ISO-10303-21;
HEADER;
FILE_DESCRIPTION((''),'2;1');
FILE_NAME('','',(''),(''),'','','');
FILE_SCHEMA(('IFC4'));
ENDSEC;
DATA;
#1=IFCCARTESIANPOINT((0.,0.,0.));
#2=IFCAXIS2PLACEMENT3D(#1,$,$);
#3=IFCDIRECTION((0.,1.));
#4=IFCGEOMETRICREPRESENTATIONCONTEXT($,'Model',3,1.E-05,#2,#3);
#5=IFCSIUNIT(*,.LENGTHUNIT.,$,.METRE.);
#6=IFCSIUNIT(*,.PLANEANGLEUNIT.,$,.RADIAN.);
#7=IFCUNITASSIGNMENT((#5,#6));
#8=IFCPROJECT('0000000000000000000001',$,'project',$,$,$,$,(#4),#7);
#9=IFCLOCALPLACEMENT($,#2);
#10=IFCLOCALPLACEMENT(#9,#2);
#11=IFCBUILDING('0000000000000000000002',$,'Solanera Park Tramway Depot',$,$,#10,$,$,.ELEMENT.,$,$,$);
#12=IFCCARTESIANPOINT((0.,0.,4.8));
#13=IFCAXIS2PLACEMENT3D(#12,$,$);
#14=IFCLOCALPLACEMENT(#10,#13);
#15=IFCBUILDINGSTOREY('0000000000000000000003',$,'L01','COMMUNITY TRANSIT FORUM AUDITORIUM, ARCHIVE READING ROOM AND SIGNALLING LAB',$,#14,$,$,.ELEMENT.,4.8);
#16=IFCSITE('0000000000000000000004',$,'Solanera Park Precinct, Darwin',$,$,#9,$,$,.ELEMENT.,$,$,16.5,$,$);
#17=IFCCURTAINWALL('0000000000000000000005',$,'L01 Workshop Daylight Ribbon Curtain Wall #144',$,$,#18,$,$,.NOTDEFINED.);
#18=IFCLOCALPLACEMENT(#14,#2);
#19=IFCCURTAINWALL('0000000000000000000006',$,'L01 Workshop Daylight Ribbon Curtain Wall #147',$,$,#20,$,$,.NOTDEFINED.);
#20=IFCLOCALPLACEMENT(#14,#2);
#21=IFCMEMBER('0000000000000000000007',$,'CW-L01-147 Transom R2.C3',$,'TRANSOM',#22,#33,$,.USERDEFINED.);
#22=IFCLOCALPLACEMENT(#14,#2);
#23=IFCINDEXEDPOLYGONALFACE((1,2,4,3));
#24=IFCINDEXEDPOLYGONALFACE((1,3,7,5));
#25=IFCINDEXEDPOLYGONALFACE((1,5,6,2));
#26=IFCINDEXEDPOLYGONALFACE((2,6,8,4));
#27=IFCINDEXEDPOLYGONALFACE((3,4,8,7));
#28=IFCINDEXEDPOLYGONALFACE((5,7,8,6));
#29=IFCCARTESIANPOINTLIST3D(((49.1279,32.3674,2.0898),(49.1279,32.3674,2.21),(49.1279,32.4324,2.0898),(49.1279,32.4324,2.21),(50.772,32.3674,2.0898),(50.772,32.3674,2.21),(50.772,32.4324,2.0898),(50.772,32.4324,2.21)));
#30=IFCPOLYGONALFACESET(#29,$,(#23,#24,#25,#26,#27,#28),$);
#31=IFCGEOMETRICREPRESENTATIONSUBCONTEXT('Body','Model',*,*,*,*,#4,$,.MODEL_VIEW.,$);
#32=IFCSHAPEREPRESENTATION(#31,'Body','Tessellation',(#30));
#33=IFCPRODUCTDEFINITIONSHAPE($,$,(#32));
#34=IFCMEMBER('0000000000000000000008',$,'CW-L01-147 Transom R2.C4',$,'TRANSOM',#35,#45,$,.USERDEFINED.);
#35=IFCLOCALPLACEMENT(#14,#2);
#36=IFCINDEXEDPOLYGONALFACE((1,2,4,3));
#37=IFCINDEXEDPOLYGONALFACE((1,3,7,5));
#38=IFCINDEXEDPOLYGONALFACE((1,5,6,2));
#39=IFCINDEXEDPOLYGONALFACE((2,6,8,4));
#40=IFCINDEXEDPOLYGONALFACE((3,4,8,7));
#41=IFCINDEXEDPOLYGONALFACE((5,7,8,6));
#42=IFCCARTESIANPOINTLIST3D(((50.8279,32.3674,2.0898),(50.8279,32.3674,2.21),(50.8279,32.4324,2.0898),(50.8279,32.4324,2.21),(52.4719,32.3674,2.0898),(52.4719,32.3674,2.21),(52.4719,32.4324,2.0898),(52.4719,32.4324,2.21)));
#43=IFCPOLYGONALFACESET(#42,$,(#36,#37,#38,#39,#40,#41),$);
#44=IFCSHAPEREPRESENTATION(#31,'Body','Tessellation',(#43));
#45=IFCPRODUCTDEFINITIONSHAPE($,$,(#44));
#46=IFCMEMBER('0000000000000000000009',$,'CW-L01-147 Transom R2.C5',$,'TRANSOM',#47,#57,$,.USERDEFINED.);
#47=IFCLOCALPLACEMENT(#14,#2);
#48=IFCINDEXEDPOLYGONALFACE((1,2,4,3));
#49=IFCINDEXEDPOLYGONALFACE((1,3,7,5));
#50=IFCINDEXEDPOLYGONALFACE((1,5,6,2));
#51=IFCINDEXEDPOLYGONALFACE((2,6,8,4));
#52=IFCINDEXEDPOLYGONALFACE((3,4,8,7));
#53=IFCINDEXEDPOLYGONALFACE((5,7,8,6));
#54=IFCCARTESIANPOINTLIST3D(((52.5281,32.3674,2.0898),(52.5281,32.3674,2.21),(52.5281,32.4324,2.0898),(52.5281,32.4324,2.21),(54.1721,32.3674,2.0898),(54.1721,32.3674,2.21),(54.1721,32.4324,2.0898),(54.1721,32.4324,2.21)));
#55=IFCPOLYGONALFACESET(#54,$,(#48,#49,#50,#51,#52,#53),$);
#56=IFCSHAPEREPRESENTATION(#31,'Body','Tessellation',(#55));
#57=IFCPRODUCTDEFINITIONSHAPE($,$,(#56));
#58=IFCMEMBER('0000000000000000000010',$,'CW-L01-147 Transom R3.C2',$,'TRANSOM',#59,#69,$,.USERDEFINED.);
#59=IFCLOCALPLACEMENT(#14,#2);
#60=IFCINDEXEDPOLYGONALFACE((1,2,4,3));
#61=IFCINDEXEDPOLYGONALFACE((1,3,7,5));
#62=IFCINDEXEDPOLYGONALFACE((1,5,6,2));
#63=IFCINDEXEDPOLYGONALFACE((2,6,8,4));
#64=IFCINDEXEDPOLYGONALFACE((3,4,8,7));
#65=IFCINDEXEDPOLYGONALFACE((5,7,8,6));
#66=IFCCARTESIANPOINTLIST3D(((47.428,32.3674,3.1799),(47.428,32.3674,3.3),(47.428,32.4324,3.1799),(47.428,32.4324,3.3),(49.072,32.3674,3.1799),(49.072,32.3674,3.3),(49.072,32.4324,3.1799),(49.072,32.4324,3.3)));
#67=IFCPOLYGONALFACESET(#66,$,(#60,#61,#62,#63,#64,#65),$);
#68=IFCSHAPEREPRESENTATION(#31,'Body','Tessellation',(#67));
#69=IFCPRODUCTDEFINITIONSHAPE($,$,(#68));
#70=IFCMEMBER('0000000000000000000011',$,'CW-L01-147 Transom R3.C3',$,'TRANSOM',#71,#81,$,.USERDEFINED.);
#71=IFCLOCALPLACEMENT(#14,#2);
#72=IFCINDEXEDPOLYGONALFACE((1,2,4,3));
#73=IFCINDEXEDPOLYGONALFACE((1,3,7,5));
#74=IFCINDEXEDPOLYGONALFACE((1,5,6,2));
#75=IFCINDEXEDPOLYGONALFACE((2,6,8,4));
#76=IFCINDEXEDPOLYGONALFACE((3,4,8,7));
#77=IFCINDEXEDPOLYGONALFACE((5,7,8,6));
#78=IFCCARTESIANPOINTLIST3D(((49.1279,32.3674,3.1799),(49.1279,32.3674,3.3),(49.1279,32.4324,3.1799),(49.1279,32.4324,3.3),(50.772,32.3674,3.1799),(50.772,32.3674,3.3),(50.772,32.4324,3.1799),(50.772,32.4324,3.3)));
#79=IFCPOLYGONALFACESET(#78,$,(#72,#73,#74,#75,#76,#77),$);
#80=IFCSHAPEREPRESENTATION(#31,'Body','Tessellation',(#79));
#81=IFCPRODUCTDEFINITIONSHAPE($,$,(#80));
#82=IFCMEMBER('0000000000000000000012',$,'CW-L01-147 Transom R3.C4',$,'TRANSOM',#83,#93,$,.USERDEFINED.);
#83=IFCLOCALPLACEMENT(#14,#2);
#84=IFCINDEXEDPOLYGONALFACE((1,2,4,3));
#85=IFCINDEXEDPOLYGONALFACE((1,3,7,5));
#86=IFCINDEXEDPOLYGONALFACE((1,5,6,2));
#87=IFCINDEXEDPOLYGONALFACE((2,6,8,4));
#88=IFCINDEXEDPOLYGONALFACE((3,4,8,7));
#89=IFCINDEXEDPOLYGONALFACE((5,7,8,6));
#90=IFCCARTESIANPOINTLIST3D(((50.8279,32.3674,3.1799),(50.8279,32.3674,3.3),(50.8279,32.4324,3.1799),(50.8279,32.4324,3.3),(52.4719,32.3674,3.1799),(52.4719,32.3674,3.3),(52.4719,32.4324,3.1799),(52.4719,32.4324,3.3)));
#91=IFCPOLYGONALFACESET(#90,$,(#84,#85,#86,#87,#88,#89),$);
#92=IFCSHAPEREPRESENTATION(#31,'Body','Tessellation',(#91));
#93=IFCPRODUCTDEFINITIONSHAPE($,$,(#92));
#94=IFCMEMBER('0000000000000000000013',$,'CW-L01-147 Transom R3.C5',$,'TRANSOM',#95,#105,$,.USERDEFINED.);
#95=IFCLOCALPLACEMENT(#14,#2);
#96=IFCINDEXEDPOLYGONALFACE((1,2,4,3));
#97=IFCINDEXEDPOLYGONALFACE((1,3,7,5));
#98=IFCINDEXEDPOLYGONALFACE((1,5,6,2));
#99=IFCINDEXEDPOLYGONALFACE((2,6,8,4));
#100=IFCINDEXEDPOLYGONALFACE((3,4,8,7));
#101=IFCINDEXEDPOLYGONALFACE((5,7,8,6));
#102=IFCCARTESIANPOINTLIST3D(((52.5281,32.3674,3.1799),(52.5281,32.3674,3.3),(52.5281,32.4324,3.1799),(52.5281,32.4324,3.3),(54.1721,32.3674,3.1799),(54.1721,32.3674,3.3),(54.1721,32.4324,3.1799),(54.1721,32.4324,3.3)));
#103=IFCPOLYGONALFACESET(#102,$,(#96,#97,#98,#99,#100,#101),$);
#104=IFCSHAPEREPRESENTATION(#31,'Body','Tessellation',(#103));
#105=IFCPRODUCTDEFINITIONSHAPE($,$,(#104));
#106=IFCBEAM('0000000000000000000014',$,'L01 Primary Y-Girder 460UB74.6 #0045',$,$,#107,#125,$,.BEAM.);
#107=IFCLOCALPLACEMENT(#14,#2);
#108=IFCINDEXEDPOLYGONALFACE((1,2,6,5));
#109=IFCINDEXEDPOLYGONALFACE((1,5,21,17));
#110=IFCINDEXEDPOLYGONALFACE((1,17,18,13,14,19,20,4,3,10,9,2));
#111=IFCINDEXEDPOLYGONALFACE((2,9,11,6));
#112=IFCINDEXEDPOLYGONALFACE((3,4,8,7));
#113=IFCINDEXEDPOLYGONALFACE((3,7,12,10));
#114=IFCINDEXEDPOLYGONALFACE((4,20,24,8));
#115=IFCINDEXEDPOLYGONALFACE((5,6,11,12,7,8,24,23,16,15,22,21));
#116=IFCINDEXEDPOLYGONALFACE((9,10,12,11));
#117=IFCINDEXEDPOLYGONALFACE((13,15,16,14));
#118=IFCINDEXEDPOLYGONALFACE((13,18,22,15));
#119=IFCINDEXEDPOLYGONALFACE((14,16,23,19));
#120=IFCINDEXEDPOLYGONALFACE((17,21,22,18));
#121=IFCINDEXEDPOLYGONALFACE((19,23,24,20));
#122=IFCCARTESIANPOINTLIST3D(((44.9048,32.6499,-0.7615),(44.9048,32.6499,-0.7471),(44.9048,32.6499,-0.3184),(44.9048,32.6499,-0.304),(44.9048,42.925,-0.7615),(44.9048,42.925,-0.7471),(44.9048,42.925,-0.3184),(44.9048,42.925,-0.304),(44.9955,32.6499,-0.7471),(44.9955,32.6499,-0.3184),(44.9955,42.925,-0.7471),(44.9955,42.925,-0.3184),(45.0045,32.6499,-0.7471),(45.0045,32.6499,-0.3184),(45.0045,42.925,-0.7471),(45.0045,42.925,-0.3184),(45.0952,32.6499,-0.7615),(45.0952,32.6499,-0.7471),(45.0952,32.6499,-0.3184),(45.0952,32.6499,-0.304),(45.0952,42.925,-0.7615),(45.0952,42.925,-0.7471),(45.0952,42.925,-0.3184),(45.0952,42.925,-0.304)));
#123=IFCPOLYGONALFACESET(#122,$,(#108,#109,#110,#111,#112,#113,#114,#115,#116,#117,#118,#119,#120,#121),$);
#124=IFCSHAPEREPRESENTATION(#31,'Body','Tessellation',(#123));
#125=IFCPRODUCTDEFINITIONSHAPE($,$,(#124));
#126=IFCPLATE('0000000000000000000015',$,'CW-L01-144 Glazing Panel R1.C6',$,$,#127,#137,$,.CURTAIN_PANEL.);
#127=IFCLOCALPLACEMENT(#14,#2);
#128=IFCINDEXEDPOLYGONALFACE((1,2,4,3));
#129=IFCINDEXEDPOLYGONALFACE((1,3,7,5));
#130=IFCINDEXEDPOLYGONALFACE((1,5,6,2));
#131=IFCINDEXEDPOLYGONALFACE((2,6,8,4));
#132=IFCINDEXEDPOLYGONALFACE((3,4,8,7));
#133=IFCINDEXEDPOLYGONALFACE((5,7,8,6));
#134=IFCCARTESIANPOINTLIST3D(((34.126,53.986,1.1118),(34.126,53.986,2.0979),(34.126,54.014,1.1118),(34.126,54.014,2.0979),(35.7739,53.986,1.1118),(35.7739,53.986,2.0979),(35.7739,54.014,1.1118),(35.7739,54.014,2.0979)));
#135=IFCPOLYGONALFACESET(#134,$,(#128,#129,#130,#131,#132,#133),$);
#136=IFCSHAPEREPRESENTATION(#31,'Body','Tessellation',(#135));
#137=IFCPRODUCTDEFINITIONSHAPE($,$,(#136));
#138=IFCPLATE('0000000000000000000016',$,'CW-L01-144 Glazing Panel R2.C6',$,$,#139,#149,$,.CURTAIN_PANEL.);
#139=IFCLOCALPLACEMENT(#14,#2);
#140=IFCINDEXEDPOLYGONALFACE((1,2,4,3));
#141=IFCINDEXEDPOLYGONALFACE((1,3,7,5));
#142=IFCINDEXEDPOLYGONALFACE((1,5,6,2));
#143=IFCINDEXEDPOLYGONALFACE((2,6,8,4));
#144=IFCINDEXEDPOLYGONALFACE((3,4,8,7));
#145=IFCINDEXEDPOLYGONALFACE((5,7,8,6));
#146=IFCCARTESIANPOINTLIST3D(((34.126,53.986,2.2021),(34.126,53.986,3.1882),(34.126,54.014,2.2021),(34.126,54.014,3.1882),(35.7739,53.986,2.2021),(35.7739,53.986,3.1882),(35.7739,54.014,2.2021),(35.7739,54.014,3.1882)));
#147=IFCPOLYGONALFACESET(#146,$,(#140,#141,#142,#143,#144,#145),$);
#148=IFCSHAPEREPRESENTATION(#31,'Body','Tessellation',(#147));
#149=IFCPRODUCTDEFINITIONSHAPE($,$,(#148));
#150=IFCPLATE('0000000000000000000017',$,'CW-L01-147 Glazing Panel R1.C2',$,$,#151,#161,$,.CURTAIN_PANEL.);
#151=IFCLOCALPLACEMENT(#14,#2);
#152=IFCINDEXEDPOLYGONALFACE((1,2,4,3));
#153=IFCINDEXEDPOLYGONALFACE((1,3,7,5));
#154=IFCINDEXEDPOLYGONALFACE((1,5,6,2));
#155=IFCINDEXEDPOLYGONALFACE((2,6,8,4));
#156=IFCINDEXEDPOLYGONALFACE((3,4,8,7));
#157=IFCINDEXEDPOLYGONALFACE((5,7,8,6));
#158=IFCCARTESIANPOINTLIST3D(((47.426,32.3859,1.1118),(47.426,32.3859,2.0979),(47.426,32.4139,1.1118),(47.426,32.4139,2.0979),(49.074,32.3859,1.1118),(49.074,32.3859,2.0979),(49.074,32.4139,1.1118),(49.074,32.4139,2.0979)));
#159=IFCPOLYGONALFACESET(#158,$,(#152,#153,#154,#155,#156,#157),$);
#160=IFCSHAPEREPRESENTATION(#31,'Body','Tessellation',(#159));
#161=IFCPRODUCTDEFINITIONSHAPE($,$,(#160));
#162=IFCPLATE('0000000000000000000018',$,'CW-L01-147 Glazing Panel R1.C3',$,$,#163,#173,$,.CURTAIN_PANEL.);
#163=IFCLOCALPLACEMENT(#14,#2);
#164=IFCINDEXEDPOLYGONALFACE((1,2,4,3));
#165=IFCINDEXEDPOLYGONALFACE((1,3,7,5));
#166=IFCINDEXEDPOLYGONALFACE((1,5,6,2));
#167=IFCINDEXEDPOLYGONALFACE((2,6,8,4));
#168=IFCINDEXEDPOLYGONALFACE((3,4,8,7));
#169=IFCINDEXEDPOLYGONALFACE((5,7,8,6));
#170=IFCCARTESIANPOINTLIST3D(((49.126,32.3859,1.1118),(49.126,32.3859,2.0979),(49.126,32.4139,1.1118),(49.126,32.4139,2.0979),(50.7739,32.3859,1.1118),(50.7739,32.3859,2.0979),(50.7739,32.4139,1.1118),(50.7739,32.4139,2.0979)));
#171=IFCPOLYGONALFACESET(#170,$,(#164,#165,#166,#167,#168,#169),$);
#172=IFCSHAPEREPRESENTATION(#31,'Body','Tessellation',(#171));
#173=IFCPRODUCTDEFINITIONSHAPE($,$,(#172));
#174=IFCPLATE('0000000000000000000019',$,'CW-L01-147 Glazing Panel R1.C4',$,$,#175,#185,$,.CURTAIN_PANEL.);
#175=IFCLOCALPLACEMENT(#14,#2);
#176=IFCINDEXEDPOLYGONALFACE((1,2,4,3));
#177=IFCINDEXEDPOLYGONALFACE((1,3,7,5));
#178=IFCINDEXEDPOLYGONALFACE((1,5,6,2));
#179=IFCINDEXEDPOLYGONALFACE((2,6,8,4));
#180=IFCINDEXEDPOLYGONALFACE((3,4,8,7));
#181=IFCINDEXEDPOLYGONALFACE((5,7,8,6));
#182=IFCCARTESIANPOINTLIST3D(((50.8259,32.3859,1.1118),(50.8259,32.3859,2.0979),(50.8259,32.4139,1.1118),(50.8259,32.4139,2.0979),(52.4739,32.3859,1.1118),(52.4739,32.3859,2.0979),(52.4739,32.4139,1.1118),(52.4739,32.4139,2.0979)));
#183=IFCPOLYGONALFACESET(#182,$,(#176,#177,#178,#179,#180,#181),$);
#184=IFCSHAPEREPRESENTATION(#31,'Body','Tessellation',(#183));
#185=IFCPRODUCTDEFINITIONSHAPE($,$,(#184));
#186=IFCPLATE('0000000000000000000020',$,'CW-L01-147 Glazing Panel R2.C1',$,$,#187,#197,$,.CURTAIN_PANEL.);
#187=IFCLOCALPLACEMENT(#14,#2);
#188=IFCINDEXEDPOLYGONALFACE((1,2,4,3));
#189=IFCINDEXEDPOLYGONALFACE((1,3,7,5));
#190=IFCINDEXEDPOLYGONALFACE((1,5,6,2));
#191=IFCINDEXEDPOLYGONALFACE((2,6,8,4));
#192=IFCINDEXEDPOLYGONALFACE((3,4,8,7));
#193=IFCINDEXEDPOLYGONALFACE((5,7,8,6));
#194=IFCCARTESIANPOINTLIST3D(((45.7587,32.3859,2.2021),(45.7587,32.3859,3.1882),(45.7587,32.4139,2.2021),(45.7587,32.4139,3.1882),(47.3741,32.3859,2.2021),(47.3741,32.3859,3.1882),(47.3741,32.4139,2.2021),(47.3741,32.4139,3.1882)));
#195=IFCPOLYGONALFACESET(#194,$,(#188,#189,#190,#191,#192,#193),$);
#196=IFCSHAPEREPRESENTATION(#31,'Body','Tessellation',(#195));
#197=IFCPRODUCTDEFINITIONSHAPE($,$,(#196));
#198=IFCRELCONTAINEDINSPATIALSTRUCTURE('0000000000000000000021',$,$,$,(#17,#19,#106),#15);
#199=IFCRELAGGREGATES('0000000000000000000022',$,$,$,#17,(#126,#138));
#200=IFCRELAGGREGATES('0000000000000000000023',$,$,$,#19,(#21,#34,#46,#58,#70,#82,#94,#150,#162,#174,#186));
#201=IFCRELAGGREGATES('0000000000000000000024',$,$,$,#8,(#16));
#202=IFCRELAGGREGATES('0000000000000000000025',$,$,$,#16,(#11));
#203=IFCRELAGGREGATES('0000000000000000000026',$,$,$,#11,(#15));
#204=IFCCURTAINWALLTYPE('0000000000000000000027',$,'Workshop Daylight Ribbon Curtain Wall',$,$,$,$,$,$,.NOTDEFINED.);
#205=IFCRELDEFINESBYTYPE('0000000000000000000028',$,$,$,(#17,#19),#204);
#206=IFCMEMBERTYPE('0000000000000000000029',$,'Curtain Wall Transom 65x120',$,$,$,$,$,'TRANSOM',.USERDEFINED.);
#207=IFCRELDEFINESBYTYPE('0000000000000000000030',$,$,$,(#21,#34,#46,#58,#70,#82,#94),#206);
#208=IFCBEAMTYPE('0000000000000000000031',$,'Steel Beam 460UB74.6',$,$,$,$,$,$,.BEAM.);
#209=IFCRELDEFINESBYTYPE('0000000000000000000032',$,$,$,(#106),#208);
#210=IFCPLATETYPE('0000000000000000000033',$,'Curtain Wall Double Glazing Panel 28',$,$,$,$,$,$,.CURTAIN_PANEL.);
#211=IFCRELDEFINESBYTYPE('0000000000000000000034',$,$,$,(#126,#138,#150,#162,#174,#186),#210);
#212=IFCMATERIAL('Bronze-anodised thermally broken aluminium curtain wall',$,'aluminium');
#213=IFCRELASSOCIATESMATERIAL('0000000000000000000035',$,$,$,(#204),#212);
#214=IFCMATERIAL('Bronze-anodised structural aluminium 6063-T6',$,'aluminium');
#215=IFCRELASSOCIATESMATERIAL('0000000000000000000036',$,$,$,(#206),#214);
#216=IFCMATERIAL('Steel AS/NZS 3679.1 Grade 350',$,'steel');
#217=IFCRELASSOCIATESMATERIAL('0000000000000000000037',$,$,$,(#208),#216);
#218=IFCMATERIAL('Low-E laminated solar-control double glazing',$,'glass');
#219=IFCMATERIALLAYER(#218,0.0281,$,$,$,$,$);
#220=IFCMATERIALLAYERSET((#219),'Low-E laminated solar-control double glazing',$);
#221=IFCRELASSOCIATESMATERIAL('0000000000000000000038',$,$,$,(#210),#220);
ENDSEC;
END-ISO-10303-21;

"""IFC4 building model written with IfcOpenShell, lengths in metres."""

from ifc_helpers import new_model, si_unit, direction, frame, origin, origin_2d, place, context, subcontext, project, spatial, rectangle, i_section, extrude, material, layer, layer_set, material_profile, profile_set, type_object, element, aggregate, save


model = new_model("IFC4")

# Units and contexts
model_context = context("Model", 3, precision=1e-05, world=origin(), true_north=direction((0.0, 1.0)))
body_context = subcontext(model_context, "Body", "Model", "MODEL_VIEW")
ifc_project = project(units=[si_unit("LENGTHUNIT", "METRE"), si_unit("PLANEANGLEUNIT", "RADIAN")], contexts=[model_context])

# Site, building, storey
site_placement = place(None, origin())
site = spatial("IfcSite", under=ifc_project, at=site_placement, Name="Solanera Park Precinct, Darwin", CompositionType="ELEMENT", RefElevation=16.5)
building_placement = place(site_placement, origin())
building = spatial("IfcBuilding", under=site, at=building_placement, Name="Solanera Park Tramway Depot", CompositionType="ELEMENT")
storey_placement = place(building_placement, frame((0.0, 0.0, 4.8)))
storey = spatial("IfcBuildingStorey", under=building, at=storey_placement, Name="L01", Description="COMMUNITY TRANSIT FORUM AUDITORIUM, ARCHIVE READING ROOM AND SIGNALLING LAB", CompositionType="ELEMENT", Elevation=4.8)

# Curtain wall
ifc_material_1 = material(Name="Bronze-anodised thermally broken aluminium curtain wall", Category="aluminium")
curtain_wall_type = type_object("IfcCurtainWallType", Name="Workshop Daylight Ribbon Curtain Wall", PredefinedType="NOTDEFINED", material=ifc_material_1)
curtain_wall_1_placement = place(storey_placement, origin())
curtain_wall_1 = element("IfcCurtainWall", 1, at=curtain_wall_1_placement, inside=storey, type_object=curtain_wall_type, Name="L01 Workshop Daylight Ribbon Curtain Wall #144", PredefinedType="NOTDEFINED")

# Curtain wall
curtain_wall_2_placement = place(storey_placement, origin())
curtain_wall_2 = element("IfcCurtainWall", 2, at=curtain_wall_2_placement, inside=storey, type_object=curtain_wall_type, Name="L01 Workshop Daylight Ribbon Curtain Wall #147", PredefinedType="NOTDEFINED")

# Members
ifc_material_2 = material(Name="Bronze-anodised structural aluminium 6063-T6", Category="aluminium")
ifc_material_profile_1 = material_profile(ifc_material_2, rectangle(XDim=0.0649, YDim=0.1201, at=origin_2d()), Name="Curtain Wall Transom 65x120")
ifc_profile_set_1 = profile_set([ifc_material_profile_1], Name="Bronze-anodised structural aluminium 6063-T6")
member_type_1 = type_object("IfcMemberType", Name="Curtain Wall Transom 65x120", ElementType="TRANSOM", PredefinedType="USERDEFINED", material=ifc_profile_set_1)
member_1_placement = place(storey_placement, frame((49.1279, 32.3999, 2.1499), z_axis=(1.0, 0.0, 0.0), x_axis=(0.0, 1.0, 0.0)))
member_1 = element("IfcMember", 3, at=member_1_placement, type_object=member_type_1, Name="CW-L01-147 Transom R2.C3", ObjectType="TRANSOM", PredefinedType="USERDEFINED", context=body_context, shape_type="SweptSolid", body=[
    extrude(rectangle(XDim=0.0649, YDim=0.1201, at=origin_2d()), origin(), (0.0, 0.0, 1.0), 1.644),
])
member_2_placement = place(storey_placement, frame((50.8279, 32.3999, 2.1499), z_axis=(1.0, 0.0, 0.0), x_axis=(0.0, 1.0, 0.0)))
member_2 = element("IfcMember", 4, at=member_2_placement, type_object=member_type_1, Name="CW-L01-147 Transom R2.C4", ObjectType="TRANSOM", PredefinedType="USERDEFINED", context=body_context, shape_type="SweptSolid", body=[
    extrude(rectangle(XDim=0.0649, YDim=0.1201, at=origin_2d()), origin(), (0.0, 0.0, 1.0), 1.644),
])
member_3_placement = place(storey_placement, frame((52.5281, 32.3999, 2.1499), z_axis=(1.0, 0.0, 0.0), x_axis=(0.0, 1.0, 0.0)))
member_3 = element("IfcMember", 5, at=member_3_placement, type_object=member_type_1, Name="CW-L01-147 Transom R2.C5", ObjectType="TRANSOM", PredefinedType="USERDEFINED", context=body_context, shape_type="SweptSolid", body=[
    extrude(rectangle(XDim=0.0649, YDim=0.1201, at=origin_2d()), origin(), (0.0, 0.0, 1.0), 1.644),
])
member_4_placement = place(storey_placement, frame((47.428, 32.3999, 3.24), z_axis=(1.0, 0.0, 0.0), x_axis=(0.0, 1.0, 0.0)))
member_4 = element("IfcMember", 6, at=member_4_placement, type_object=member_type_1, Name="CW-L01-147 Transom R3.C2", ObjectType="TRANSOM", PredefinedType="USERDEFINED", context=body_context, shape_type="SweptSolid", body=[
    extrude(rectangle(XDim=0.0649, YDim=0.1201, at=origin_2d()), origin(), (0.0, 0.0, 1.0), 1.644),
])
member_5_placement = place(storey_placement, frame((49.1279, 32.3999, 3.24), z_axis=(1.0, 0.0, 0.0), x_axis=(0.0, 1.0, 0.0)))
member_5 = element("IfcMember", 7, at=member_5_placement, type_object=member_type_1, Name="CW-L01-147 Transom R3.C3", ObjectType="TRANSOM", PredefinedType="USERDEFINED", context=body_context, shape_type="SweptSolid", body=[
    extrude(rectangle(XDim=0.0649, YDim=0.1201, at=origin_2d()), origin(), (0.0, 0.0, 1.0), 1.644),
])
member_6_placement = place(storey_placement, frame((50.8279, 32.3999, 3.24), z_axis=(1.0, 0.0, 0.0), x_axis=(0.0, 1.0, 0.0)))
member_6 = element("IfcMember", 8, at=member_6_placement, type_object=member_type_1, Name="CW-L01-147 Transom R3.C4", ObjectType="TRANSOM", PredefinedType="USERDEFINED", context=body_context, shape_type="SweptSolid", body=[
    extrude(rectangle(XDim=0.0649, YDim=0.1201, at=origin_2d()), origin(), (0.0, 0.0, 1.0), 1.644),
])
member_7_placement = place(storey_placement, frame((52.5281, 32.3999, 3.24), z_axis=(1.0, 0.0, 0.0), x_axis=(0.0, 1.0, 0.0)))
member_7 = element("IfcMember", 9, at=member_7_placement, type_object=member_type_1, Name="CW-L01-147 Transom R3.C5", ObjectType="TRANSOM", PredefinedType="USERDEFINED", context=body_context, shape_type="SweptSolid", body=[
    extrude(rectangle(XDim=0.0649, YDim=0.1201, at=origin_2d()), origin(), (0.0, 0.0, 1.0), 1.644),
])

# Beam
ifc_material_3 = material(Name="Steel AS/NZS 3679.1 Grade 350", Category="steel")
ifc_material_profile_2 = material_profile(ifc_material_3, i_section(OverallWidth=0.1904, OverallDepth=0.4575, WebThickness=0.009, FlangeThickness=0.0144, at=origin_2d()), Name="460UB74.6")
ifc_profile_set_2 = profile_set([ifc_material_profile_2], Name="Steel AS/NZS 3679.1 Grade 350")
beam_type = type_object("IfcBeamType", Name="Steel Beam 460UB74.6", PredefinedType="BEAM", material=ifc_profile_set_2)
beam_placement = place(storey_placement, frame((45.0, 32.6499, -0.5327), z_axis=(0.0, 1.0, 0.0), x_axis=(-1.0, 0.0, 0.0)))
element("IfcBeam", 10, at=beam_placement, inside=storey, type_object=beam_type, Name="L01 Primary Y-Girder 460UB74.6 #0045", PredefinedType="BEAM", context=body_context, shape_type="SweptSolid", body=[
    extrude(i_section(OverallWidth=0.1904, OverallDepth=0.4575, WebThickness=0.009, FlangeThickness=0.0144, at=origin_2d()), origin(), (0.0, 0.0, 1.0), 10.2751),
])

# Plates
ifc_material_4 = material(Name="Low-E laminated solar-control double glazing", Category="glass")
ifc_layer = layer(ifc_material_4, 0.0281)
ifc_layer_set = layer_set([ifc_layer], Name="Low-E laminated solar-control double glazing")
plate_type = type_object("IfcPlateType", Name="Curtain Wall Double Glazing Panel 28", PredefinedType="CURTAIN_PANEL", material=ifc_layer_set)
plate_1_placement = place(storey_placement, frame((34.95, 54.0, 1.1118), z_axis=(0.0, 0.0, 1.0), x_axis=(-1.0, 0.0, 0.0)))
plate_1 = element("IfcPlate", 11, at=plate_1_placement, type_object=plate_type, Name="CW-L01-144 Glazing Panel R1.C6", PredefinedType="CURTAIN_PANEL", context=body_context, shape_type="SweptSolid", body=[
    extrude(rectangle(XDim=1.6479, YDim=0.0281, at=origin_2d()), origin(), (0.0, 0.0, 1.0), 0.9861),
])
plate_2_placement = place(storey_placement, frame((34.95, 54.0, 2.2021), z_axis=(0.0, 0.0, 1.0), x_axis=(-1.0, 0.0, 0.0)))
plate_2 = element("IfcPlate", 12, at=plate_2_placement, type_object=plate_type, Name="CW-L01-144 Glazing Panel R2.C6", PredefinedType="CURTAIN_PANEL", context=body_context, shape_type="SweptSolid", body=[
    extrude(rectangle(XDim=1.6479, YDim=0.0281, at=origin_2d()), origin(), (0.0, 0.0, 1.0), 0.9861),
])
aggregate(curtain_wall_1, [plate_1, plate_2])
plate_3_placement = place(storey_placement, frame((48.25, 32.3999, 1.1118), z_axis=(0.0, 0.0, 1.0), x_axis=(1.0, 0.0, 0.0)))
plate_3 = element("IfcPlate", 13, at=plate_3_placement, type_object=plate_type, Name="CW-L01-147 Glazing Panel R1.C2", PredefinedType="CURTAIN_PANEL", context=body_context, shape_type="SweptSolid", body=[
    extrude(rectangle(XDim=1.6479, YDim=0.0281, at=origin_2d()), origin(), (0.0, 0.0, 1.0), 0.9861),
])
plate_4_placement = place(storey_placement, frame((49.95, 32.3999, 1.1118), z_axis=(0.0, 0.0, 1.0), x_axis=(1.0, 0.0, 0.0)))
plate_4 = element("IfcPlate", 14, at=plate_4_placement, type_object=plate_type, Name="CW-L01-147 Glazing Panel R1.C3", PredefinedType="CURTAIN_PANEL", context=body_context, shape_type="SweptSolid", body=[
    extrude(rectangle(XDim=1.6479, YDim=0.0281, at=origin_2d()), origin(), (0.0, 0.0, 1.0), 0.9861),
])
plate_5_placement = place(storey_placement, frame((51.6499, 32.3999, 1.1118), z_axis=(0.0, 0.0, 1.0), x_axis=(1.0, 0.0, 0.0)))
plate_5 = element("IfcPlate", 15, at=plate_5_placement, type_object=plate_type, Name="CW-L01-147 Glazing Panel R1.C4", PredefinedType="CURTAIN_PANEL", context=body_context, shape_type="SweptSolid", body=[
    extrude(rectangle(XDim=1.6479, YDim=0.0281, at=origin_2d()), origin(), (0.0, 0.0, 1.0), 0.9861),
])
plate_6_placement = place(storey_placement, frame((46.5664, 32.3999, 2.2021), z_axis=(0.0, 0.0, 1.0), x_axis=(1.0, 0.0, 0.0)))
plate_6 = element("IfcPlate", 16, at=plate_6_placement, type_object=plate_type, Name="CW-L01-147 Glazing Panel R2.C1", PredefinedType="CURTAIN_PANEL", context=body_context, shape_type="SweptSolid", body=[
    extrude(rectangle(XDim=1.6155, YDim=0.0281, at=origin_2d()), origin(), (0.0, 0.0, 1.0), 0.9861),
])
aggregate(curtain_wall_2, [member_1, member_2, member_3, member_4, member_5, member_6, member_7, plate_3, plate_4, plate_5, plate_6])

save(model, "model.ifc")
